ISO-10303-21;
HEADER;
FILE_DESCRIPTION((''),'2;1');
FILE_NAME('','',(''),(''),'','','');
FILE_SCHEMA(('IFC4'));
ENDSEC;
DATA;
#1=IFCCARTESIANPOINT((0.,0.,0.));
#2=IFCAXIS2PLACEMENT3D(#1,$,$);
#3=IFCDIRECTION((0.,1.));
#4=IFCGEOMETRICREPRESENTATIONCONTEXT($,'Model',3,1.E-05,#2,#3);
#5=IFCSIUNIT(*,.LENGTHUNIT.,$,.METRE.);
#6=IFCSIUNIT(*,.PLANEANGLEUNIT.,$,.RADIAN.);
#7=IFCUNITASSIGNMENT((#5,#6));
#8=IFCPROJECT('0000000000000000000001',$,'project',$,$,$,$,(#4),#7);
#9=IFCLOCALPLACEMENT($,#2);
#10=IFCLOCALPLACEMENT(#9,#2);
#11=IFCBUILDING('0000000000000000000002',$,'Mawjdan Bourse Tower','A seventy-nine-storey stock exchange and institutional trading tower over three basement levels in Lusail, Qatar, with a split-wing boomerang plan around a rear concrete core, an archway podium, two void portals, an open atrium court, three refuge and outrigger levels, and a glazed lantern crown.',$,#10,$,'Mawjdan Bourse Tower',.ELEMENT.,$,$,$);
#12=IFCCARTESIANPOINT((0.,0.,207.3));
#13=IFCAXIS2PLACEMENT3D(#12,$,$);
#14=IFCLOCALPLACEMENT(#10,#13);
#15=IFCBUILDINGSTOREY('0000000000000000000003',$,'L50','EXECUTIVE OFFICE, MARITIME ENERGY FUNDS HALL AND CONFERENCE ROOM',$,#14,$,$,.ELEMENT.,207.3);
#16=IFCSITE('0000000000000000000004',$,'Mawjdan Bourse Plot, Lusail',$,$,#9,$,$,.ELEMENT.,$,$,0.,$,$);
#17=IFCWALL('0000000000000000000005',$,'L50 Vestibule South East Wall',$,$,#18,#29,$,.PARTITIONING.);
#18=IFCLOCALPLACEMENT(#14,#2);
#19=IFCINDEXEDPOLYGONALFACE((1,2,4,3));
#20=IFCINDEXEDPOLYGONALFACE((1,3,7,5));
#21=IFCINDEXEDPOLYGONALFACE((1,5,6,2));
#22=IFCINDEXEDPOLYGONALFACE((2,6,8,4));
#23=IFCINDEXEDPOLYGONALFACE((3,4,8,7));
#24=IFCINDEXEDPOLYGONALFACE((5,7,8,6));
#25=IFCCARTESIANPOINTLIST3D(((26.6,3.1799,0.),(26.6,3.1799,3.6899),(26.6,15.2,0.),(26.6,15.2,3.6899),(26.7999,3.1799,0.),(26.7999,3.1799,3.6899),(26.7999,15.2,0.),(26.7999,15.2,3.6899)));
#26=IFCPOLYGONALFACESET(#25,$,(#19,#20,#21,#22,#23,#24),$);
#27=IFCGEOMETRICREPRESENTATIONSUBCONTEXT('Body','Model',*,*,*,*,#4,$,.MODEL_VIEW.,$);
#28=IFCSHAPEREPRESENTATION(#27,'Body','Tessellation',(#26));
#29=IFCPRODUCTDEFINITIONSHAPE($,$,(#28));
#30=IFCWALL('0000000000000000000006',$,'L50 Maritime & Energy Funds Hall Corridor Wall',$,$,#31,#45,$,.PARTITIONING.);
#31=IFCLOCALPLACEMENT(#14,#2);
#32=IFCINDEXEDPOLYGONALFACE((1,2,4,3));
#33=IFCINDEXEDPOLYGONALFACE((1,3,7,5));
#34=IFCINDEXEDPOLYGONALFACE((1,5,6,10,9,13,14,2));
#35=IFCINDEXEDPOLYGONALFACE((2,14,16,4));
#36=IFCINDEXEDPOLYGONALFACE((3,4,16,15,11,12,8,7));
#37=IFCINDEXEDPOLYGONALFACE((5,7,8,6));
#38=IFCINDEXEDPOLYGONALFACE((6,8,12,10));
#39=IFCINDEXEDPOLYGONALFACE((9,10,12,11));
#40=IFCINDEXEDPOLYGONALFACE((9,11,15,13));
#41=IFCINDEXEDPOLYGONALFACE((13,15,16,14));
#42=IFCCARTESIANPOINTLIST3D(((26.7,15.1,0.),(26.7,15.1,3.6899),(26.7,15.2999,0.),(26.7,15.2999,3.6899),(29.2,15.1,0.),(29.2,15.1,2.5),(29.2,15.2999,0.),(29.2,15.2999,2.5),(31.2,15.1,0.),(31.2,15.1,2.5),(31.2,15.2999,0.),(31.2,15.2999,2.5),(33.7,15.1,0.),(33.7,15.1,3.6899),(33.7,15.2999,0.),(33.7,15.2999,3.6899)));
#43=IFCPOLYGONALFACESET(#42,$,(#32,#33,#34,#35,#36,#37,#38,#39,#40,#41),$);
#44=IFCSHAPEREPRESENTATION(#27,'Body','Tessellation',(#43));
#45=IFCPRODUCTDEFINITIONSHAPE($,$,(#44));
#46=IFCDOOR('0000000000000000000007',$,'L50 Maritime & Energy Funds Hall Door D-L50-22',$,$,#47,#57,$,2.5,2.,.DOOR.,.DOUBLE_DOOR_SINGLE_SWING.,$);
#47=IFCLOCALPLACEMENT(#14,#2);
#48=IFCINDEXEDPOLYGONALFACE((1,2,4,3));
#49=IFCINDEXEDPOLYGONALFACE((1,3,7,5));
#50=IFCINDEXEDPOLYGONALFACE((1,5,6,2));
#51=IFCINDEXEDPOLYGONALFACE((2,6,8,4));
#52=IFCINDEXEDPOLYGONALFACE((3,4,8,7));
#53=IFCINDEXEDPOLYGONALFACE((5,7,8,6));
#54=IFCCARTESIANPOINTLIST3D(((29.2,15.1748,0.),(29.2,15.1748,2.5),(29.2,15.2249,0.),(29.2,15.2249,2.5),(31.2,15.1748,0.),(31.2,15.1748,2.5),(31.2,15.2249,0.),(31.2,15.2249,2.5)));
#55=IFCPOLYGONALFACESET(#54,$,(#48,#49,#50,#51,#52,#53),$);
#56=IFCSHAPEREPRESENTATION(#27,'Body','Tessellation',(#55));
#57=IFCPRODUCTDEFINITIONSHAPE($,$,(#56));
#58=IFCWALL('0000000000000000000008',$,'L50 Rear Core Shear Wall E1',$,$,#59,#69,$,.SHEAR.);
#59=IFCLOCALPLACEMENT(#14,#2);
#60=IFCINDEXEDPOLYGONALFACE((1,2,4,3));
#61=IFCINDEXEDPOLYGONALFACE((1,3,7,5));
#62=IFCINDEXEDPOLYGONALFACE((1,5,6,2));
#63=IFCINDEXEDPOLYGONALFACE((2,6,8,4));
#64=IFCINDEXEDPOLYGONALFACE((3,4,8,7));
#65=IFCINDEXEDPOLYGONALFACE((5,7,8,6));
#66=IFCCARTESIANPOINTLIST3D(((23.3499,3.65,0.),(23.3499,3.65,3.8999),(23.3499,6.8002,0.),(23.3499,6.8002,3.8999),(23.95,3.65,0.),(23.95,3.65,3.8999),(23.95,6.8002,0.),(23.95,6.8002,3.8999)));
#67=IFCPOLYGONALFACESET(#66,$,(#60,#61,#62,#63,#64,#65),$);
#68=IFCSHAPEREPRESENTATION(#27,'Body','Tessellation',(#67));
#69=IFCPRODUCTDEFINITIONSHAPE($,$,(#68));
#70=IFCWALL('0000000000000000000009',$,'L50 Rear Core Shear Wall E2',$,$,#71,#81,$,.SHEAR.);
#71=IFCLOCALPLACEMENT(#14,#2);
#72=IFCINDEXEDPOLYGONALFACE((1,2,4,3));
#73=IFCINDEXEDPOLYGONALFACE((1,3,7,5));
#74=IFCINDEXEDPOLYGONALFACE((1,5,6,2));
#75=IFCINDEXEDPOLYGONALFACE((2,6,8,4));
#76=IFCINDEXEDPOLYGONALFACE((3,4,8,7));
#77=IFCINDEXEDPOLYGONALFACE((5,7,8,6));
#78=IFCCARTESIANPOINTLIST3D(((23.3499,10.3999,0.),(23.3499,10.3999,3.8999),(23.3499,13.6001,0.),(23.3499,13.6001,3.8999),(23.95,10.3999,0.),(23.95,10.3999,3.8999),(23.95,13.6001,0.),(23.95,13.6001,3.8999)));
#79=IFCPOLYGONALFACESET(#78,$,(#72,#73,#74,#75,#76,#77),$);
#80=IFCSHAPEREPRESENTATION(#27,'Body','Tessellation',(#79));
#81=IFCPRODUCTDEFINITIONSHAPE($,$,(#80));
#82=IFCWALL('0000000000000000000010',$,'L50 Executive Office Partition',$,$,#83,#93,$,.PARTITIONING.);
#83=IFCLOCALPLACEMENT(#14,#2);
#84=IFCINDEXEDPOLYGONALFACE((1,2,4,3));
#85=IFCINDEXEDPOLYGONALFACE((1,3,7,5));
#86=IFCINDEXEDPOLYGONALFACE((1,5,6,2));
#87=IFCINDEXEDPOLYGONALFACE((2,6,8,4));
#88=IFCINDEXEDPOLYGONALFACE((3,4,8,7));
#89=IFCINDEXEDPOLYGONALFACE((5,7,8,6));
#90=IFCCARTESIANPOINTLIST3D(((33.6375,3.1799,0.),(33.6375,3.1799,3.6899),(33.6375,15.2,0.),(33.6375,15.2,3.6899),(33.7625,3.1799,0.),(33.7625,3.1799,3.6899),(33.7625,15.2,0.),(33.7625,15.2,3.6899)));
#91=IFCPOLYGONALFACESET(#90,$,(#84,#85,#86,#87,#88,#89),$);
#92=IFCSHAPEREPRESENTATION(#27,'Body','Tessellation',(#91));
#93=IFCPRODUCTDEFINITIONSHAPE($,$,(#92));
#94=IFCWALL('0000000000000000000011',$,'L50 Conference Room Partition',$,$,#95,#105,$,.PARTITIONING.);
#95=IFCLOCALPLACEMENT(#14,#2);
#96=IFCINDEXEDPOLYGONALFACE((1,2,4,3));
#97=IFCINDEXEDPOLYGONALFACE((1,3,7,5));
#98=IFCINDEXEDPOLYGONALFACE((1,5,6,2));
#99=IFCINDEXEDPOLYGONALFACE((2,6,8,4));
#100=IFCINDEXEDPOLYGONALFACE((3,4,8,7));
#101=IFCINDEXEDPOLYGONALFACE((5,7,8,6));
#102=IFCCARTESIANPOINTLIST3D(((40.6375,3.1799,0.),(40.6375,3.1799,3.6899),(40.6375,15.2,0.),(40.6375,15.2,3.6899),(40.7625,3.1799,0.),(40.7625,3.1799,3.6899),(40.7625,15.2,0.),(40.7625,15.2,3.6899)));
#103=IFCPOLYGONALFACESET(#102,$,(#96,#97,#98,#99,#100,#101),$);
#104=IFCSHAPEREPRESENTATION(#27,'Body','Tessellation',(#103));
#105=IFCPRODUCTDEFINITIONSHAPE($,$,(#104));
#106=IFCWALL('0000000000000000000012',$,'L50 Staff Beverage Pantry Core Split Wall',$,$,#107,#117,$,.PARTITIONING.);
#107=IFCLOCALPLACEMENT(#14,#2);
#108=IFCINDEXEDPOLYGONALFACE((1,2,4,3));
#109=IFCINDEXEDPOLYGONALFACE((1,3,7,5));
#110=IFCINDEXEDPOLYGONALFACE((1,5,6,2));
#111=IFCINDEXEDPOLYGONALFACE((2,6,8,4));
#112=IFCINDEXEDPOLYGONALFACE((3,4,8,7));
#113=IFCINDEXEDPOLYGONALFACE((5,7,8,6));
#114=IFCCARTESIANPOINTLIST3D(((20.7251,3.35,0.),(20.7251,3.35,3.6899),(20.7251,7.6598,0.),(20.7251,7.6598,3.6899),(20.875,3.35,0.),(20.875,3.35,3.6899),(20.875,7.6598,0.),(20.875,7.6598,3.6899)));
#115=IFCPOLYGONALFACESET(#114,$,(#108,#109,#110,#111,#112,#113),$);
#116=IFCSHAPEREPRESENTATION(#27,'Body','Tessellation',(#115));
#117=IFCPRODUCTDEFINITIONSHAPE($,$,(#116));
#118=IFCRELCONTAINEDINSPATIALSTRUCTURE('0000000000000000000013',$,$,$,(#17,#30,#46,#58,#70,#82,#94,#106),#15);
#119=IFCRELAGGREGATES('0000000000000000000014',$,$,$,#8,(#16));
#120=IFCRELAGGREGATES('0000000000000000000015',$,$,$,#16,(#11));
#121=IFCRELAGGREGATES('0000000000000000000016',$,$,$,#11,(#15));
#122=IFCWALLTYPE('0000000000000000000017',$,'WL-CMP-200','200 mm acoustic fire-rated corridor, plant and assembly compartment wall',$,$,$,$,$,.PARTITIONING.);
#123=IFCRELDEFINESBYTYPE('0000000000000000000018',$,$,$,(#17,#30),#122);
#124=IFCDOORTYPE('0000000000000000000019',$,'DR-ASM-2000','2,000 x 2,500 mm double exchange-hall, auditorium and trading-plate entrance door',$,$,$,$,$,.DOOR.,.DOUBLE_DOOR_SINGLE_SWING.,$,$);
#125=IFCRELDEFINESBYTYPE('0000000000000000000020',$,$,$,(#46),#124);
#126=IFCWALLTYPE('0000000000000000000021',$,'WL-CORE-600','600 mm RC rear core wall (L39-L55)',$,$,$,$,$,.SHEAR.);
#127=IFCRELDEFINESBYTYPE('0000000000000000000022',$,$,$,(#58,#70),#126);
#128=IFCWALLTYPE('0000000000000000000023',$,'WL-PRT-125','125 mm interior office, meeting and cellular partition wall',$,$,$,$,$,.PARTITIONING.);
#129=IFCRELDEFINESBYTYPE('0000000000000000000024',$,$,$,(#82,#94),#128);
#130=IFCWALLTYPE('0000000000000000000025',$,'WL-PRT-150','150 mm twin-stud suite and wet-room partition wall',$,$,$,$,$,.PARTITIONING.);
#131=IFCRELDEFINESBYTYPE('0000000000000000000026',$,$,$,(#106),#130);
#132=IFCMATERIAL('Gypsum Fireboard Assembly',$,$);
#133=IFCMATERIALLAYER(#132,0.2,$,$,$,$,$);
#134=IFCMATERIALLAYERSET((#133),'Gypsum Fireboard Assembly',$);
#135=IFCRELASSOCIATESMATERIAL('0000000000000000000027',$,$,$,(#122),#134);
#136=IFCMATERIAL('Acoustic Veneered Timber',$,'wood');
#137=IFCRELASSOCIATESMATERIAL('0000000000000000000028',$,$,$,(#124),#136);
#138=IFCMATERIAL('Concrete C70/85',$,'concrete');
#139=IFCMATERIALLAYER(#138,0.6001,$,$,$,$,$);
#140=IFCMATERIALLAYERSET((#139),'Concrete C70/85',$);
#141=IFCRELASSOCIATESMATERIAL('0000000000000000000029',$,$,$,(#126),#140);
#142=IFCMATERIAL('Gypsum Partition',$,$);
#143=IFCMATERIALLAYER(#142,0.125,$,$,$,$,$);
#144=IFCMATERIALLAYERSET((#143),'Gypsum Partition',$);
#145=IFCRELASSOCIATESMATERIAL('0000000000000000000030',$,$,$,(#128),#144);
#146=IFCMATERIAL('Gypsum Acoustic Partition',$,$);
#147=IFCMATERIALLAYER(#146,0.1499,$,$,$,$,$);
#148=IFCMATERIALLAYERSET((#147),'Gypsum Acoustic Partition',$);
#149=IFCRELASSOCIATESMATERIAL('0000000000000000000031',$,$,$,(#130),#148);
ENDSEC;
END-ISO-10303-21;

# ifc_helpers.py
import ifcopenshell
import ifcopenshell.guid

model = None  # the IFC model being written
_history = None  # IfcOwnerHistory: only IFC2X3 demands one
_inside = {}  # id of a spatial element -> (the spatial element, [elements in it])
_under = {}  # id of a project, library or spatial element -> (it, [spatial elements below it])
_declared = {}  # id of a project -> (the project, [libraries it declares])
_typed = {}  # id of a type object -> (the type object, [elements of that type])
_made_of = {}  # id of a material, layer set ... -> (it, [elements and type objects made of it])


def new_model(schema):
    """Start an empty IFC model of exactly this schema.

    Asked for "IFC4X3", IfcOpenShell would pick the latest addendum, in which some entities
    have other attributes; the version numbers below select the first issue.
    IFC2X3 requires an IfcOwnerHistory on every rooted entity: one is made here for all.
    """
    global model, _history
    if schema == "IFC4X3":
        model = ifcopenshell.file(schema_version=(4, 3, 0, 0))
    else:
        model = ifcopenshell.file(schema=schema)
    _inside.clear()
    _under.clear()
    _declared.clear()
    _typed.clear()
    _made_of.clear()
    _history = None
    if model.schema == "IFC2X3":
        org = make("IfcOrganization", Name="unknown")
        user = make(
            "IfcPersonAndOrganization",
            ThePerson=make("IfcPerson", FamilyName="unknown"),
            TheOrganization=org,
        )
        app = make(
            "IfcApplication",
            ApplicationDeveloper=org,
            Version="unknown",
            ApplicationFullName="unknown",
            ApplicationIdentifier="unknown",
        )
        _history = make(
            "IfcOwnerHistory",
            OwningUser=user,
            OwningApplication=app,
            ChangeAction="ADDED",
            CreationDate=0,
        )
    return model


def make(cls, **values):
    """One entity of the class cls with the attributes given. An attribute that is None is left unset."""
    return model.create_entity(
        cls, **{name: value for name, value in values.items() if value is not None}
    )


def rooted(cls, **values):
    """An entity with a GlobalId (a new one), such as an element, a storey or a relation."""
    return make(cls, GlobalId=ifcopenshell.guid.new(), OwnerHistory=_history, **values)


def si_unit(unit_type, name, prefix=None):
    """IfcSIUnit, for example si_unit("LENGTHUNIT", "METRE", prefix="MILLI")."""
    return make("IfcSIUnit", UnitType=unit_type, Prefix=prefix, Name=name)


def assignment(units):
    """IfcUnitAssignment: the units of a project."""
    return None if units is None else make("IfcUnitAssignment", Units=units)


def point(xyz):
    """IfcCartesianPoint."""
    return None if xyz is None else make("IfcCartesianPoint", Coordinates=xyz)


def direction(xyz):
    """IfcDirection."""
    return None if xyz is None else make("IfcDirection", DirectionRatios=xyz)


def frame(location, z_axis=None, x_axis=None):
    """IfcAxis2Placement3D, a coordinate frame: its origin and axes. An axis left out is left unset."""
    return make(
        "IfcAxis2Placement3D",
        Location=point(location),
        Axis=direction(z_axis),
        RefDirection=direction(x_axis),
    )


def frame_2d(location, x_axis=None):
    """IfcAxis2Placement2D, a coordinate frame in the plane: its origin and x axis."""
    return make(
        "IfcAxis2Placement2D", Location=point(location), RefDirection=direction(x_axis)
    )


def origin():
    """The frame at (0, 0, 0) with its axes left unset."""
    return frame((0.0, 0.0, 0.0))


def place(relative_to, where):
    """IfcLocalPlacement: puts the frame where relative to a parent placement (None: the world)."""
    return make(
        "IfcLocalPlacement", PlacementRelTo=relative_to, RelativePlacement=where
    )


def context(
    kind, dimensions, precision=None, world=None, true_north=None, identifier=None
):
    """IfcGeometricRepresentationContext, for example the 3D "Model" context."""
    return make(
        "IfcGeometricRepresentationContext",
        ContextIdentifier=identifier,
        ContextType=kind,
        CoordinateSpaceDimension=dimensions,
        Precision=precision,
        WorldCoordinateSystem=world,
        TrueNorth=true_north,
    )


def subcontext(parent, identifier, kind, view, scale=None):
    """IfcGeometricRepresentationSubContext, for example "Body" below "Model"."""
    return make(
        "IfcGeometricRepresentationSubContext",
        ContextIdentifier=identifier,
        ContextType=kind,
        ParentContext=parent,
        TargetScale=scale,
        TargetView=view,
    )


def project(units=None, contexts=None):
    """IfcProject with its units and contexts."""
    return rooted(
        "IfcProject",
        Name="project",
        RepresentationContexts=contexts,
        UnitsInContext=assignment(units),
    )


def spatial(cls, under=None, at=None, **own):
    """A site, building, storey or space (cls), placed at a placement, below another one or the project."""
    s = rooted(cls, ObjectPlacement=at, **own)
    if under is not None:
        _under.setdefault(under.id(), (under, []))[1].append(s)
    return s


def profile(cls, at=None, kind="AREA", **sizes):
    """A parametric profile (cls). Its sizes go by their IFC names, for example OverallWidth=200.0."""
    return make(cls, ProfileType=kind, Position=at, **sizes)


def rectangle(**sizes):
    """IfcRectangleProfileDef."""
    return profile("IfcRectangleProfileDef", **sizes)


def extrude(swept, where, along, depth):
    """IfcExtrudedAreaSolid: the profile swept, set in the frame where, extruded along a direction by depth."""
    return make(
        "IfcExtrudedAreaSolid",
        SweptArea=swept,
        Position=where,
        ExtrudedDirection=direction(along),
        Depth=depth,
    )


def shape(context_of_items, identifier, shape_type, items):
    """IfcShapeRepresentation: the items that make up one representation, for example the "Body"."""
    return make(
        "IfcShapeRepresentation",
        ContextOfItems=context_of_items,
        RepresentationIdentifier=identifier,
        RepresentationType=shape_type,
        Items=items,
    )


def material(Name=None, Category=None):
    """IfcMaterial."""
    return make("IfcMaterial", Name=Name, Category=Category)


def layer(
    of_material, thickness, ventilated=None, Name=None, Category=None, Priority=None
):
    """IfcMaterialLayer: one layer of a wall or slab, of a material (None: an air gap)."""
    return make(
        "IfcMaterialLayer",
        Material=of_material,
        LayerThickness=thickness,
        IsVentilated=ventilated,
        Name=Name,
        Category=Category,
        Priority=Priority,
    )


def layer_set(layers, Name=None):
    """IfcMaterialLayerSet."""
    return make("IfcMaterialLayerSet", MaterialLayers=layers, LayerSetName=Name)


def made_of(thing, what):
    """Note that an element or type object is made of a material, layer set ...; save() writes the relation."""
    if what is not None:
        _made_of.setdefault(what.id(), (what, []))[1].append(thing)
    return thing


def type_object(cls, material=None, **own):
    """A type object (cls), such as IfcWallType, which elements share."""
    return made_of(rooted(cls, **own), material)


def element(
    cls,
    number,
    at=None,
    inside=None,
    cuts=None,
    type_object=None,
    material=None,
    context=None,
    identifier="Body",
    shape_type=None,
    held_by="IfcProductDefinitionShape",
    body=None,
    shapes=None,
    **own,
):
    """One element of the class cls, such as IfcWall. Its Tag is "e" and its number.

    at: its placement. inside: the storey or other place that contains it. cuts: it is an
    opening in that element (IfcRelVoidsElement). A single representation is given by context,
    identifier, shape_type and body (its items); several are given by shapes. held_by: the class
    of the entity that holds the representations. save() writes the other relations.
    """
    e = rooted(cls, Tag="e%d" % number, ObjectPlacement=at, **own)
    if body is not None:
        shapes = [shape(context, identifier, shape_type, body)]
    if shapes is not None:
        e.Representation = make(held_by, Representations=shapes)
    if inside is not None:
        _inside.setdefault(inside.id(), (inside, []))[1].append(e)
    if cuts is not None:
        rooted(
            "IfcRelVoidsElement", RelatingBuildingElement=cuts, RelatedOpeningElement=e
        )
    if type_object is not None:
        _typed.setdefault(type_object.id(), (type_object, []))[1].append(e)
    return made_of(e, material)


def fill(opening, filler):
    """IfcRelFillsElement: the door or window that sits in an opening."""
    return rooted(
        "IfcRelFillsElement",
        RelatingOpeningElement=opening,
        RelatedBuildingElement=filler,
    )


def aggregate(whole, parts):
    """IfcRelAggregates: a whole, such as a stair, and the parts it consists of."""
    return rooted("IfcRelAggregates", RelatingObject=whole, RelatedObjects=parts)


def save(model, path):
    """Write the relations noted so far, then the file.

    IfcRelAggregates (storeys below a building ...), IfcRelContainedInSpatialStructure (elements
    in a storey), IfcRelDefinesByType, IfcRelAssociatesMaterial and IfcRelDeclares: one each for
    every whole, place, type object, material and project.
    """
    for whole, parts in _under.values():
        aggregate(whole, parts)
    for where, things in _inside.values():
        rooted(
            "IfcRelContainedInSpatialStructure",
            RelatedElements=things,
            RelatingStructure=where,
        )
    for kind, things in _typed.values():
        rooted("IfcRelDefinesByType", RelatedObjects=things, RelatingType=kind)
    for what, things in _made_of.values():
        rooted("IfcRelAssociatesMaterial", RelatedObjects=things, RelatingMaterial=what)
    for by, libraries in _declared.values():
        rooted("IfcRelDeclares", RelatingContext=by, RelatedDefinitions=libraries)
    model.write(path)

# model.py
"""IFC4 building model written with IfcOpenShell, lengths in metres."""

from ifc_helpers import new_model, si_unit, direction, frame, frame_2d, origin, place, context, subcontext, project, spatial, rectangle, extrude, material, layer, layer_set, type_object, element, fill, save


model = new_model("IFC4")

# Units and contexts
model_context = context("Model", 3, precision=1e-05, world=origin(), true_north=direction((0.0, 1.0)))
body_context = subcontext(model_context, "Body", "Model", "MODEL_VIEW")
ifc_project = project(units=[si_unit("LENGTHUNIT", "METRE"), si_unit("PLANEANGLEUNIT", "RADIAN")], contexts=[model_context])

# Site, building, storey
site_placement = place(None, origin())
site = spatial("IfcSite", under=ifc_project, at=site_placement, Name="Mawjdan Bourse Plot, Lusail", CompositionType="ELEMENT", RefElevation=0.0)
building_placement = place(site_placement, origin())
building = spatial("IfcBuilding", under=site, at=building_placement, Name="Mawjdan Bourse Tower", Description="A seventy-nine-storey stock exchange and institutional trading tower over three basement levels in Lusail, Qatar, with a split-wing boomerang plan around a rear concrete core, an archway podium, two void portals, an open atrium court, three refuge and outrigger levels, and a glazed lantern crown.", LongName="Mawjdan Bourse Tower", CompositionType="ELEMENT")
storey_placement = place(building_placement, frame((0.0, 0.0, 207.3)))
storey = spatial("IfcBuildingStorey", under=building, at=storey_placement, Name="L50", Description="EXECUTIVE OFFICE, MARITIME ENERGY FUNDS HALL AND CONFERENCE ROOM", CompositionType="ELEMENT", Elevation=207.3)

# Shared definitions
ifc_material_1 = material(Name="Concrete C70/85", Category="concrete")

# Shared definitions
ifc_material_2 = material(Name="Gypsum Fireboard Assembly")
ifc_layer_1 = layer(ifc_material_2, 0.2)
ifc_layer_set_1 = layer_set([ifc_layer_1], Name="Gypsum Fireboard Assembly")
wall_type_1 = type_object("IfcWallType", Name="WL-CMP-200", Description="200 mm acoustic fire-rated corridor, plant and assembly compartment wall", PredefinedType="PARTITIONING", material=ifc_layer_set_1)

# Wall
wall_1_placement = place(storey_placement, frame((26.7, 3.1799, 0.0), z_axis=(0.0, 0.0, 1.0), x_axis=(0.0, 1.0, 0.0)))
element("IfcWall", 1, at=wall_1_placement, inside=storey, type_object=wall_type_1, Name="L50 Vestibule South East Wall", PredefinedType="PARTITIONING", context=body_context, shape_type="SweptSolid", body=[
    extrude(rectangle(XDim=12.02, YDim=0.2, at=frame_2d((6.01, 0.0))), origin(), (0.0, 0.0, 1.0), 3.6899),
])

# Wall, opening, door
wall_2_placement = place(storey_placement, frame((26.7, 15.2, 0.0), z_axis=(0.0, 0.0, 1.0), x_axis=(1.0, 0.0, 0.0)))
wall_2 = element("IfcWall", 2, at=wall_2_placement, inside=storey, type_object=wall_type_1, Name="L50 Maritime & Energy Funds Hall Corridor Wall", PredefinedType="PARTITIONING", context=body_context, shape_type="SweptSolid", body=[
    extrude(rectangle(XDim=7.0, YDim=0.2, at=frame_2d((3.5, 0.0))), origin(), (0.0, 0.0, 1.0), 3.6899),
])
opening_1_placement = place(wall_2_placement, frame((2.5, 0.0, 0.0)))
opening_1 = element("IfcOpeningElement", 3, at=opening_1_placement, cuts=wall_2, PredefinedType="OPENING", context=body_context, shape_type="SweptSolid", body=[
    extrude(rectangle(XDim=2.0, YDim=2.5, at=frame_2d((1.0, 1.25))), frame((0.0, 0.1099, 0.0), z_axis=(0.0, -1.0, 0.0), x_axis=(1.0, 0.0, 0.0)), (0.0, 0.0, 1.0), 0.22),
])
ifc_material_3 = material(Name="Acoustic Veneered Timber", Category="wood")
door_type_1 = type_object("IfcDoorType", Name="DR-ASM-2000", Description="2,000 x 2,500 mm double exchange-hall, auditorium and trading-plate entrance door", OperationType="DOUBLE_DOOR_SINGLE_SWING", PredefinedType="DOOR", material=ifc_material_3)
door_1_placement = place(opening_1_placement, origin())
door_1 = element("IfcDoor", 4, at=door_1_placement, inside=storey, type_object=door_type_1, Name="L50 Maritime & Energy Funds Hall Door D-L50-22", OperationType="DOUBLE_DOOR_SINGLE_SWING", OverallHeight=2.5, OverallWidth=2.0, PredefinedType="DOOR", context=body_context, shape_type="SweptSolid", body=[
    extrude(rectangle(XDim=2.0, YDim=2.5, at=frame_2d((1.0, 1.25))), frame((0.0, 0.0249, 0.0), z_axis=(0.0, -1.0, 0.0), x_axis=(1.0, 0.0, 0.0)), (0.0, 0.0, 1.0), 0.05),
])
fill(opening_1, door_1)

# Walls
ifc_layer_2 = layer(ifc_material_1, 0.6001)
ifc_layer_set_2 = layer_set([ifc_layer_2], Name="Concrete C70/85")
wall_type_2 = type_object("IfcWallType", Name="WL-CORE-600", Description="600 mm RC rear core wall (L39-L55)", PredefinedType="SHEAR", material=ifc_layer_set_2)
wall_3_placement = place(storey_placement, frame((23.6499, 3.6499, 0.0), z_axis=(0.0, 0.0, 1.0), x_axis=(0.0, 1.0, 0.0)))
element("IfcWall", 5, at=wall_3_placement, inside=storey, type_object=wall_type_2, Name="L50 Rear Core Shear Wall E1", PredefinedType="SHEAR", context=body_context, shape_type="SweptSolid", body=[
    extrude(rectangle(XDim=3.1501, YDim=0.6001, at=frame_2d((1.5752, 0.0))), origin(), (0.0, 0.0, 1.0), 3.8999),
])
wall_4_placement = place(storey_placement, frame((23.6499, 10.3999, 0.0), z_axis=(0.0, 0.0, 1.0), x_axis=(0.0, 1.0, 0.0)))
element("IfcWall", 6, at=wall_4_placement, inside=storey, type_object=wall_type_2, Name="L50 Rear Core Shear Wall E2", PredefinedType="SHEAR", context=body_context, shape_type="SweptSolid", body=[
    extrude(rectangle(XDim=3.2002, YDim=0.6001, at=frame_2d((1.6001, 0.0))), origin(), (0.0, 0.0, 1.0), 3.8999),
])
ifc_material_4 = material(Name="Gypsum Partition")
ifc_layer_3 = layer(ifc_material_4, 0.125)
ifc_layer_set_3 = layer_set([ifc_layer_3], Name="Gypsum Partition")
wall_type_3 = type_object("IfcWallType", Name="WL-PRT-125", Description="125 mm interior office, meeting and cellular partition wall", PredefinedType="PARTITIONING", material=ifc_layer_set_3)
for number, where, z_axis, x_axis, name in (
    (7, (33.7, 3.1799, 0.0), (0.0, 0.0, 1.0), (0.0, 1.0, 0.0), "L50 Executive Office Partition"),
    (8, (40.7, 3.1799, 0.0), (0.0, 0.0, 1.0), (0.0, 1.0, 0.0), "L50 Conference Room Partition"),
):
    element("IfcWall", number, at=place(storey_placement, frame(where, z_axis=z_axis, x_axis=x_axis)), inside=storey, type_object=wall_type_3, Name=name, PredefinedType="PARTITIONING", context=body_context, shape_type="SweptSolid", body=[
        extrude(rectangle(XDim=12.02, YDim=0.125, at=frame_2d((6.01, 0.0))), origin(), (0.0, 0.0, 1.0), 3.6899),
    ])
ifc_material_5 = material(Name="Gypsum Acoustic Partition")
ifc_layer_4 = layer(ifc_material_5, 0.1499)
ifc_layer_set_4 = layer_set([ifc_layer_4], Name="Gypsum Acoustic Partition")
wall_type_4 = type_object("IfcWallType", Name="WL-PRT-150", Description="150 mm twin-stud suite and wet-room partition wall", PredefinedType="PARTITIONING", material=ifc_layer_set_4)
wall_5_placement = place(storey_placement, frame((20.8, 3.3501, 0.0), z_axis=(0.0, 0.0, 1.0), x_axis=(0.0, 1.0, 0.0)))
element("IfcWall", 9, at=wall_5_placement, inside=storey, type_object=wall_type_4, Name="L50 Staff Beverage Pantry Core Split Wall", PredefinedType="PARTITIONING", context=body_context, shape_type="SweptSolid", body=[
    extrude(rectangle(XDim=4.3098, YDim=0.1499, at=frame_2d((2.1548, 0.0))), origin(), (0.0, 0.0, 1.0), 3.6899),
])

save(model, "model.ifc")
